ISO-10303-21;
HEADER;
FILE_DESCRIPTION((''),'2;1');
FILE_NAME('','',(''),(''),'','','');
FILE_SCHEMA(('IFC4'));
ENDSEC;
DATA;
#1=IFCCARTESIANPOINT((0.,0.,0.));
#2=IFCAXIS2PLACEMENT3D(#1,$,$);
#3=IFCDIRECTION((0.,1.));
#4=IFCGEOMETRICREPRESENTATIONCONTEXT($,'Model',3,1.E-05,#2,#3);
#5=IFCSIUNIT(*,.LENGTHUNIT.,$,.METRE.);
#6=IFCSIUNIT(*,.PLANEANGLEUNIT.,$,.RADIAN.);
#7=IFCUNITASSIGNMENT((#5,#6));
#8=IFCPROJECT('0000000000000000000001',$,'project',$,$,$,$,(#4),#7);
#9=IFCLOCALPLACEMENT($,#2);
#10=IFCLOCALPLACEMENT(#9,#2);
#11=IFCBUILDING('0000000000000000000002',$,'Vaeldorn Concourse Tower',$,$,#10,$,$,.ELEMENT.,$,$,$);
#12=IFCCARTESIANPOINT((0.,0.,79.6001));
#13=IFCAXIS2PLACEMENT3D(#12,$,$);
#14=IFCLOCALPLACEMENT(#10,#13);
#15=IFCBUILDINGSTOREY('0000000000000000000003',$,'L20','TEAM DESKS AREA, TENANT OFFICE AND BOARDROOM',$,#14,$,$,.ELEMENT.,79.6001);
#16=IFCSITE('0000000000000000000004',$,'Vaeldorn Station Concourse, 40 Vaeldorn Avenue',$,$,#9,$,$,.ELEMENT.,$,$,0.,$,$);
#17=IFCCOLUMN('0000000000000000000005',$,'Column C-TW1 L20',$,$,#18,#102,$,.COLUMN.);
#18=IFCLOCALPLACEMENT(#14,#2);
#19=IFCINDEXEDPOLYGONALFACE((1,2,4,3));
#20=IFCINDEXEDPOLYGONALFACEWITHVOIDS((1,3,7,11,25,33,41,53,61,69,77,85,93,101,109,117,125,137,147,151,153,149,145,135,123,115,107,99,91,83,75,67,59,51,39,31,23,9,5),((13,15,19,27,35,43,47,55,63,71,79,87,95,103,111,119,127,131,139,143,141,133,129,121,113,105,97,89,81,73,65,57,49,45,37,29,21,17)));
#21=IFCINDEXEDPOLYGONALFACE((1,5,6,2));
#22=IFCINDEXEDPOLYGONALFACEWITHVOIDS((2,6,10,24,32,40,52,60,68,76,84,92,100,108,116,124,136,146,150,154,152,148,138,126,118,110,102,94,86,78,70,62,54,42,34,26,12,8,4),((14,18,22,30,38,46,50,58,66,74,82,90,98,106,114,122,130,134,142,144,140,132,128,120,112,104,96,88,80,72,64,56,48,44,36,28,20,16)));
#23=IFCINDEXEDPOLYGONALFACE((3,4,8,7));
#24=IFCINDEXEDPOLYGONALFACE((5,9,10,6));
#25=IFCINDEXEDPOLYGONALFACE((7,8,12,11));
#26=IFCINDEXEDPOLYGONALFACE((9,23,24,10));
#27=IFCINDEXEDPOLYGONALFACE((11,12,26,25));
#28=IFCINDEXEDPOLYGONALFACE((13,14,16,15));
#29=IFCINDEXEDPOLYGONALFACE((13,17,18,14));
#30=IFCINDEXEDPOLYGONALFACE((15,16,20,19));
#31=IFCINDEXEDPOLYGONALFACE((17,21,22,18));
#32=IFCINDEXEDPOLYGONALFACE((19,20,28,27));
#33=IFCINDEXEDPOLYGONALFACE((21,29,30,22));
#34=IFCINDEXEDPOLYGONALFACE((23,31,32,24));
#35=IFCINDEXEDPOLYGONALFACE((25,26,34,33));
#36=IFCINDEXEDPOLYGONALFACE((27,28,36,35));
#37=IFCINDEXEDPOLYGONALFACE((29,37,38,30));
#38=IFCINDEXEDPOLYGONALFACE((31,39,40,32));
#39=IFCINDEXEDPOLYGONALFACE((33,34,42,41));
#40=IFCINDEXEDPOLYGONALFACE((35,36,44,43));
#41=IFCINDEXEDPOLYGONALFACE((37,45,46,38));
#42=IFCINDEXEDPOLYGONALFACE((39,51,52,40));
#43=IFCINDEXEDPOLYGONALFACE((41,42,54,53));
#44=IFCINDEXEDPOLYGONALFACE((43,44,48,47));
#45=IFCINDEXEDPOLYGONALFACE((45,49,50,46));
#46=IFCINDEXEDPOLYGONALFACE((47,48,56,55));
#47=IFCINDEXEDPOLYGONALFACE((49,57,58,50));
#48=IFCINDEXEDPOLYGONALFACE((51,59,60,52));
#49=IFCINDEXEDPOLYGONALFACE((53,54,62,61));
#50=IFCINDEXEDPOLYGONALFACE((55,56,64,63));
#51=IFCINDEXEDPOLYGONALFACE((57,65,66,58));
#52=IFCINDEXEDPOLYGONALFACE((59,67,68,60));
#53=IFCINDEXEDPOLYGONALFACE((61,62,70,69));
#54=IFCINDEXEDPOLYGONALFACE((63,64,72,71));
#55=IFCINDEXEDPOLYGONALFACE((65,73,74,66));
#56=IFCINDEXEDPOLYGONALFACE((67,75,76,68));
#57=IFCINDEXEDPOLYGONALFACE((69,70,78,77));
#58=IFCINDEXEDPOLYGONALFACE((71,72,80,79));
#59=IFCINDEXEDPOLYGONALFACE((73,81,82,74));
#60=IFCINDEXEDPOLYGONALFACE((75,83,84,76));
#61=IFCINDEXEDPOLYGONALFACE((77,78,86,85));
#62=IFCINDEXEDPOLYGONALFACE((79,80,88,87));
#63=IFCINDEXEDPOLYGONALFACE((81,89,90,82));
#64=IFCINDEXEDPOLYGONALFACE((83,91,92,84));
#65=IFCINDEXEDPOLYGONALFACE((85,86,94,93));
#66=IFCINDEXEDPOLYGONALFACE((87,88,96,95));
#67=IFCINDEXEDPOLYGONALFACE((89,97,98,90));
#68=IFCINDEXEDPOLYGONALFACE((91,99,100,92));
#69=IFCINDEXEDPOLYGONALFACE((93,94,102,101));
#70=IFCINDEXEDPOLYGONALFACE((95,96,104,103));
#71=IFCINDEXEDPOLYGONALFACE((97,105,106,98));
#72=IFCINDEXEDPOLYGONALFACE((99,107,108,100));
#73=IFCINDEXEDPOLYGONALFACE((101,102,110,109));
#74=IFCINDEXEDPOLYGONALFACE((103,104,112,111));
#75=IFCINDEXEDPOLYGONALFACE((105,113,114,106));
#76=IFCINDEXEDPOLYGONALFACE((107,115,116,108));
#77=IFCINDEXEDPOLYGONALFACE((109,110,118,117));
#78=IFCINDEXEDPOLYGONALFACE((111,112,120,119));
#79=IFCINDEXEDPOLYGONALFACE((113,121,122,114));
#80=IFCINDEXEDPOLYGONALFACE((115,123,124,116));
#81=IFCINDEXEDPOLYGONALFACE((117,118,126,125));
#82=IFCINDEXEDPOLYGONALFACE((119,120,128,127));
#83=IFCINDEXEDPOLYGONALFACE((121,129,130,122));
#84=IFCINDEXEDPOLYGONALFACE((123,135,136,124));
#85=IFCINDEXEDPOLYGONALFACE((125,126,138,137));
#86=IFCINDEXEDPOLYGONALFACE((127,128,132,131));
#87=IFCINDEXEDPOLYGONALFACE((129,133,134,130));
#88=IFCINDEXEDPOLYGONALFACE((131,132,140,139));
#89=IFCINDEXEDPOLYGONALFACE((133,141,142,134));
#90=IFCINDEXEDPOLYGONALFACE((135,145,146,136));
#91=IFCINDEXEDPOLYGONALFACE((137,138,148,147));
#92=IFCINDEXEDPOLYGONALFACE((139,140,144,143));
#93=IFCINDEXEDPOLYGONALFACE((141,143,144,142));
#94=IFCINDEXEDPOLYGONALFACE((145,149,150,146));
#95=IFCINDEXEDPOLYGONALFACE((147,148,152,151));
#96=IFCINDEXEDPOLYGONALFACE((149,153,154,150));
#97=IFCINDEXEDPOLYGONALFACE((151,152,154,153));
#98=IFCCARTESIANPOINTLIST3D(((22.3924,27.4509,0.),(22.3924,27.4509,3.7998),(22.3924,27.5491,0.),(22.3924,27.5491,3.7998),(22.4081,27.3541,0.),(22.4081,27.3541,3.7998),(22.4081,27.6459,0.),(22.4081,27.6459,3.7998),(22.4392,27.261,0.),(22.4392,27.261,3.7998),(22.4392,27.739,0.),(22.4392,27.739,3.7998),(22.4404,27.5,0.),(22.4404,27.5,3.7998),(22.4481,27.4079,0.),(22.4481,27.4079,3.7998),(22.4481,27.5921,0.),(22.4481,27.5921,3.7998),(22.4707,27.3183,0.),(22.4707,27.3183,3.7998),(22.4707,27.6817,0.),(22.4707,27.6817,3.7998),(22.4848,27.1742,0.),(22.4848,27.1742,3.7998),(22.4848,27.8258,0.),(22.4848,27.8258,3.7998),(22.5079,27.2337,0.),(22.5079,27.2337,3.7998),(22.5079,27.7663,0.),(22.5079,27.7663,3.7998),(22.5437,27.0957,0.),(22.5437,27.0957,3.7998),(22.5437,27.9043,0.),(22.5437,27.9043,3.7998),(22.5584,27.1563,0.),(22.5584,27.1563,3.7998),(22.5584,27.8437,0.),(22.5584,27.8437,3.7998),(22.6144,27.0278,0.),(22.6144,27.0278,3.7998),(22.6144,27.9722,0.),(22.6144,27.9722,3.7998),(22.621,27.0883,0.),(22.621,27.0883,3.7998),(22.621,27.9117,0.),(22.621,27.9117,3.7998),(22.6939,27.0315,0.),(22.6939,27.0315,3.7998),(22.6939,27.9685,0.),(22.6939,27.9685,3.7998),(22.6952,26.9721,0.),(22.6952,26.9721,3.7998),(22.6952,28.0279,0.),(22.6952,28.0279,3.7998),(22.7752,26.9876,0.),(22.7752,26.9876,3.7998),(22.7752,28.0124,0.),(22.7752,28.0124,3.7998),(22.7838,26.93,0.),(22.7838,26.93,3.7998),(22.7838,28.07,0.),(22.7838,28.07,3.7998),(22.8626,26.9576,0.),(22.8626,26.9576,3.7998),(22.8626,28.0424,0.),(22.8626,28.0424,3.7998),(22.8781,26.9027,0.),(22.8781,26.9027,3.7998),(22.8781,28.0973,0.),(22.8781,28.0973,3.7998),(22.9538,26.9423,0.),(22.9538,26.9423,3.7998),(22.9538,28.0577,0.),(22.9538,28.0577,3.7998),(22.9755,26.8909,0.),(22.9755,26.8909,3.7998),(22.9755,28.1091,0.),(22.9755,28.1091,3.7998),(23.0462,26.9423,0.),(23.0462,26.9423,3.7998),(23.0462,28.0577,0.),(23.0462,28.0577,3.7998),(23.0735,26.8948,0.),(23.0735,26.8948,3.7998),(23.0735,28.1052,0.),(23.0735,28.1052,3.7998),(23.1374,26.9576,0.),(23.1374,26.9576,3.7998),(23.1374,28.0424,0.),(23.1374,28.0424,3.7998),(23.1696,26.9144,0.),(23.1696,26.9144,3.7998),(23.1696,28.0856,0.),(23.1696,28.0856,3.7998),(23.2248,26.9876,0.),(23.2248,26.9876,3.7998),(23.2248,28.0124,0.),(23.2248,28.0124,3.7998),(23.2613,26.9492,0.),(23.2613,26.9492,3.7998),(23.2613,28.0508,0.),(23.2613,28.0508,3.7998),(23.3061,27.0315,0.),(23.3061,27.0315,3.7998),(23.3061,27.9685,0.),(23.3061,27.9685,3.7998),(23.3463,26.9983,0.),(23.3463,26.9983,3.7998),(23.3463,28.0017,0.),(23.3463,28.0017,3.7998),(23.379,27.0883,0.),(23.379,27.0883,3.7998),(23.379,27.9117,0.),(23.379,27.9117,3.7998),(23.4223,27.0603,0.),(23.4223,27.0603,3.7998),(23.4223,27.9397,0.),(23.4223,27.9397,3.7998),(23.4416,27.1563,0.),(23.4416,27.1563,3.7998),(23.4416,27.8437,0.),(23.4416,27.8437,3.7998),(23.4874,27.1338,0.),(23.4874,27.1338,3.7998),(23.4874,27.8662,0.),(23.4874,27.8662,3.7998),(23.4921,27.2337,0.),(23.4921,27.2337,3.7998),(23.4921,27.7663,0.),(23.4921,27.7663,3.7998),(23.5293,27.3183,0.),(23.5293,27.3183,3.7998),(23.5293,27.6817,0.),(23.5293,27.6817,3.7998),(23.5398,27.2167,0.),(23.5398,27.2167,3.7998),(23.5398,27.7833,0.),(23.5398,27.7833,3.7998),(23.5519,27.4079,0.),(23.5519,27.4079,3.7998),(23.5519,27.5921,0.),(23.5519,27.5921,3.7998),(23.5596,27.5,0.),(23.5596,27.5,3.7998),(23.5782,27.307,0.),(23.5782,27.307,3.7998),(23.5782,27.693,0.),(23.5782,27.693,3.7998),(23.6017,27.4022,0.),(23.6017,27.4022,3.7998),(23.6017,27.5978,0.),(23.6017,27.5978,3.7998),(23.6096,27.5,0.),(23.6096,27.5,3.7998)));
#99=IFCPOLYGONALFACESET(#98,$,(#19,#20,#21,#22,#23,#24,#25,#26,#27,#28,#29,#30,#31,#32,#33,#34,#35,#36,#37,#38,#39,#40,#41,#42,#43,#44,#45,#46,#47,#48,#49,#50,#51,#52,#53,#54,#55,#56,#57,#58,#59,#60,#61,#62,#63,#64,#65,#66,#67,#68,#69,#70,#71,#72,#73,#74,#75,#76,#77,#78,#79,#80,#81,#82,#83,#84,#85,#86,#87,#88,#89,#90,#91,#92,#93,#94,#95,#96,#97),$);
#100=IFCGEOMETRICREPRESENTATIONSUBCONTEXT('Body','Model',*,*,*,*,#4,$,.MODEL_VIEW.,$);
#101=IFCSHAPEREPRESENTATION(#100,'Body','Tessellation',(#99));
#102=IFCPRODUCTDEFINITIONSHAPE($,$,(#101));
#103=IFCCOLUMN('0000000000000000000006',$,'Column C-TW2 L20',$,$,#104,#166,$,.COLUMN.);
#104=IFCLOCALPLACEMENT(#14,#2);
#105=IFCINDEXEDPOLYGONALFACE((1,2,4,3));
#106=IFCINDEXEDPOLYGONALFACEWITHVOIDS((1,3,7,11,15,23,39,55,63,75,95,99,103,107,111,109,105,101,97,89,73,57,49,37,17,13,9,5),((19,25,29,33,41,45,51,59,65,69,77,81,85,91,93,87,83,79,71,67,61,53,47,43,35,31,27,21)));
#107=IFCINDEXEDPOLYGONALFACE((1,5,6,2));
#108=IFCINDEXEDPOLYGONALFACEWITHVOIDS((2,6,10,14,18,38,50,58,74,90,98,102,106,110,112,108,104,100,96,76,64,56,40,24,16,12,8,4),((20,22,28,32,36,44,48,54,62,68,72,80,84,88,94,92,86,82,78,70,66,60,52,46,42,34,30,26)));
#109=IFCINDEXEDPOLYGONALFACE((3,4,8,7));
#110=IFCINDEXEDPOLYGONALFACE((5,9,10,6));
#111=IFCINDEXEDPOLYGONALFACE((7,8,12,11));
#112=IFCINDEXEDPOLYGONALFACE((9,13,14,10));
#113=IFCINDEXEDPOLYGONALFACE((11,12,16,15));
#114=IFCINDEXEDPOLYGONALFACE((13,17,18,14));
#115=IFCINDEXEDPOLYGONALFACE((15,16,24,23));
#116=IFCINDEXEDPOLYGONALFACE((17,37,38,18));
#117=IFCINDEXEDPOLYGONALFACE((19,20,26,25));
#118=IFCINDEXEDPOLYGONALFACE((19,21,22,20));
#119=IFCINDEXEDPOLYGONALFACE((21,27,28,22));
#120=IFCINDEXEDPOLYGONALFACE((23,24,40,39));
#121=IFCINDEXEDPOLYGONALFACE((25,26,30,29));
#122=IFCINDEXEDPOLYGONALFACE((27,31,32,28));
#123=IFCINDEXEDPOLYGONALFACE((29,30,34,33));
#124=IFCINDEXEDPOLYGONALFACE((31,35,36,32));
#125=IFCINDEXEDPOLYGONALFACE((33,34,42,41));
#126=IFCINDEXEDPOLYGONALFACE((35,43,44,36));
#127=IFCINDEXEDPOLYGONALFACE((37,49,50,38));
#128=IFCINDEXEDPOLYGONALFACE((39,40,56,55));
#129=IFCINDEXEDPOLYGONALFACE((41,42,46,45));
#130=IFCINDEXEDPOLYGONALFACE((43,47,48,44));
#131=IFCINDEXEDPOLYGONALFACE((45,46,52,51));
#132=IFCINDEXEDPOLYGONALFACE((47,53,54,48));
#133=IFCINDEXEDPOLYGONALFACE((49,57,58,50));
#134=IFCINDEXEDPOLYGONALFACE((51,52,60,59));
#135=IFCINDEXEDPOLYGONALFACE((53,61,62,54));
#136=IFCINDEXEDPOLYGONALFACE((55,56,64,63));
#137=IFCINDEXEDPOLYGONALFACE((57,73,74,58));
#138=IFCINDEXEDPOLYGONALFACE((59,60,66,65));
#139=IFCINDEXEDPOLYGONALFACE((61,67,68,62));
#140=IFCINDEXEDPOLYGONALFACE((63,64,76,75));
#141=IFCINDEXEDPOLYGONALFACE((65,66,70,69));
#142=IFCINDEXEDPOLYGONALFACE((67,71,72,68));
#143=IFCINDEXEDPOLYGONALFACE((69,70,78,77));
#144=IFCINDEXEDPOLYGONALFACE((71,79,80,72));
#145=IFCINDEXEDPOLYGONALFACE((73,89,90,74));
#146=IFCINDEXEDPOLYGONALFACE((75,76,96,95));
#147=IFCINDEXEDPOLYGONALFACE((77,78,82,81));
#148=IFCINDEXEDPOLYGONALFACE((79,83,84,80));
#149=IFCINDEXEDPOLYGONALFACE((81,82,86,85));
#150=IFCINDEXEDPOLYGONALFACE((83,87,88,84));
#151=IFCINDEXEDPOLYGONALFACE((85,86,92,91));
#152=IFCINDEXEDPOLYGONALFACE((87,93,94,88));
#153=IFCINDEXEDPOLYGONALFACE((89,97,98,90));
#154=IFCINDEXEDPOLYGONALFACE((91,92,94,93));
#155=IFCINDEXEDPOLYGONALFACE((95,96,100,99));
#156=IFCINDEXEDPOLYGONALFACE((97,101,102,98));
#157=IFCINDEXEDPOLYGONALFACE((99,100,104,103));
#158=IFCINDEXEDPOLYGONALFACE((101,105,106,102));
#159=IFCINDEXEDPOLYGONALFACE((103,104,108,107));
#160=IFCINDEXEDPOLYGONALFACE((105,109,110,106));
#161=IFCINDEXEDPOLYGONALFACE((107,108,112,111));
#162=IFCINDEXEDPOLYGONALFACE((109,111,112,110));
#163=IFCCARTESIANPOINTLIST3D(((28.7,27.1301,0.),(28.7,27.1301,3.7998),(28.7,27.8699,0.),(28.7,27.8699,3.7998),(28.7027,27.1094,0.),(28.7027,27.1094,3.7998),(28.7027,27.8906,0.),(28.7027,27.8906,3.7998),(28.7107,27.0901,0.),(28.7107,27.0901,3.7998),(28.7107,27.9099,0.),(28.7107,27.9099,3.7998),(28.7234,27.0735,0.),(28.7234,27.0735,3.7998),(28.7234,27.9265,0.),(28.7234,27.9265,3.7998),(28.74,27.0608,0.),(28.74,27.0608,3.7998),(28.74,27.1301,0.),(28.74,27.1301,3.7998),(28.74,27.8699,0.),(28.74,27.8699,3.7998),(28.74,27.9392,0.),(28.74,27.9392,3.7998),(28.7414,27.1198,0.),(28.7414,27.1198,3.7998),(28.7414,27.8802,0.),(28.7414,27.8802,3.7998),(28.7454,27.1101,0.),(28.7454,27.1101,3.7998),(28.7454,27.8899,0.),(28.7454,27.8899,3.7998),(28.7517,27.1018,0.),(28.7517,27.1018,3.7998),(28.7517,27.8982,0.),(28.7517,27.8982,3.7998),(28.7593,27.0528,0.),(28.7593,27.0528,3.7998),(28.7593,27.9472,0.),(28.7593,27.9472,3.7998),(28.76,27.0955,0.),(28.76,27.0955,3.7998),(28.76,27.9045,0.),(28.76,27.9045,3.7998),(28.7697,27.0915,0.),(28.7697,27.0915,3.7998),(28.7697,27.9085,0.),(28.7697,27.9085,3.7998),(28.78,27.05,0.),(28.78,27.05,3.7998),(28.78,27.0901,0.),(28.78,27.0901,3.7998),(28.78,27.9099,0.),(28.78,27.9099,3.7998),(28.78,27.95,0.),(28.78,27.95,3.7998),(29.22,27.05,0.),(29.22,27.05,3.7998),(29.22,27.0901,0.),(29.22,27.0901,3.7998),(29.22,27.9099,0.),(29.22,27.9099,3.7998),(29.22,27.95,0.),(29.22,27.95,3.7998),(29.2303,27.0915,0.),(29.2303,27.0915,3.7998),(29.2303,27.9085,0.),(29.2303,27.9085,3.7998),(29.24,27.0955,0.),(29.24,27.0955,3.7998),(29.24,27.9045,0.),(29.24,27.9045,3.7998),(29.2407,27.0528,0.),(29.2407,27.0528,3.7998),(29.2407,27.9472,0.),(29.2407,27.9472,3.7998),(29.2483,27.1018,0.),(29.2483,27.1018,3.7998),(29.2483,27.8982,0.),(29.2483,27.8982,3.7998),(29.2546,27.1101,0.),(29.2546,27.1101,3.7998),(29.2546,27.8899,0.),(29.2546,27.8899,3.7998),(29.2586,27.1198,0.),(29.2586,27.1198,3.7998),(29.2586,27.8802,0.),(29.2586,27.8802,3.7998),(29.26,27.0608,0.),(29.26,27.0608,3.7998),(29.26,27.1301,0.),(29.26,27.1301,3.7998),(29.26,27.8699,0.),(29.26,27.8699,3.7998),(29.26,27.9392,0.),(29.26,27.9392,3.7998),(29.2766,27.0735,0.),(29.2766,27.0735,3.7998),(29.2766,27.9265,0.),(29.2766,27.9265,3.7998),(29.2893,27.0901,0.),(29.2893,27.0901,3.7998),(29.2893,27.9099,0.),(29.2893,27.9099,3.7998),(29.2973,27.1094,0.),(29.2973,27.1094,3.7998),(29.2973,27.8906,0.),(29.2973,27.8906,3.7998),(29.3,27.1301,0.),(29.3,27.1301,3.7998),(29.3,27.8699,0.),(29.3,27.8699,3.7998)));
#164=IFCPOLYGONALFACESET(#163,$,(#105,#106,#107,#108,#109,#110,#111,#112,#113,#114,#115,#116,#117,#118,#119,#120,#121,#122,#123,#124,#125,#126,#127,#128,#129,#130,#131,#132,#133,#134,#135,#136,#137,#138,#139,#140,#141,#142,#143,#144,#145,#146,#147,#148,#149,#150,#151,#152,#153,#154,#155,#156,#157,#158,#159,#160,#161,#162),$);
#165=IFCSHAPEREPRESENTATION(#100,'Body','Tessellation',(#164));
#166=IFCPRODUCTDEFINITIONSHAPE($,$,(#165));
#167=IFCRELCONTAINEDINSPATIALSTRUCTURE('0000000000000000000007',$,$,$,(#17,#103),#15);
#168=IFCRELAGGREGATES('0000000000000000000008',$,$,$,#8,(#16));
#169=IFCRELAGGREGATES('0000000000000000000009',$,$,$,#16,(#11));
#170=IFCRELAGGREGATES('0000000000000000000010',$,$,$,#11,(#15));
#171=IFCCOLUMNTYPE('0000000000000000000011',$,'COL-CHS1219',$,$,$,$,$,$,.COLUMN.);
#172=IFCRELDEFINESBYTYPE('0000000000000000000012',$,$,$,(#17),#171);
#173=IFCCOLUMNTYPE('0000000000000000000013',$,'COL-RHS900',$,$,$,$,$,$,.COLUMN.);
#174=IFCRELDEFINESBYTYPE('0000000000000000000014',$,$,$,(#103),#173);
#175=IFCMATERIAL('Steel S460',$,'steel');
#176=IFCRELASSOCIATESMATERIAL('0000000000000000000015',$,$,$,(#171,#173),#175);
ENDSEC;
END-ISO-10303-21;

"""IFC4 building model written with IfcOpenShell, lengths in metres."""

from ifc_helpers import new_model, si_unit, direction, frame, origin, origin_2d, place, context, subcontext, project, spatial, hollow_rectangle, hollow_circle, extrude, source, transform, mapped, material, material_profile, profile_set, type_object, element, save


model = new_model("IFC4")

# Units and contexts
model_context = context("Model", 3, precision=1e-05, world=origin(), true_north=direction((0.0, 1.0)))
body_context = subcontext(model_context, "Body", "Model", "MODEL_VIEW")
ifc_project = project(units=[si_unit("LENGTHUNIT", "METRE"), si_unit("PLANEANGLEUNIT", "RADIAN")], contexts=[model_context])

# Site, building, storey
site_placement = place(None, origin())
site = spatial("IfcSite", under=ifc_project, at=site_placement, Name="Vaeldorn Station Concourse, 40 Vaeldorn Avenue", CompositionType="ELEMENT", RefElevation=0.0)
building_placement = place(site_placement, origin())
building = spatial("IfcBuilding", under=site, at=building_placement, Name="Vaeldorn Concourse Tower", CompositionType="ELEMENT")
storey_placement = place(building_placement, frame((0.0, 0.0, 79.6001)))
storey = spatial("IfcBuildingStorey", under=building, at=storey_placement, Name="L20", Description="TEAM DESKS AREA, TENANT OFFICE AND BOARDROOM", CompositionType="ELEMENT", Elevation=79.6001)

# Columns
ifc_material_1 = material(Name="Steel S460", Category="steel")
ifc_material_profile_1 = material_profile(ifc_material_1, hollow_circle(Radius=0.6096, WallThickness=0.05, at=origin_2d()), Name="CHS 1219x50")
ifc_profile_set_1 = profile_set([ifc_material_profile_1], Name="Steel S460")
column_type_1 = type_object("IfcColumnType", Name="COL-CHS1219", PredefinedType="COLUMN", material=ifc_profile_set_1)
shared_shape_1 = source(origin(), body_context, "Body", "SweptSolid", [
    extrude(hollow_circle(Radius=0.6096, WallThickness=0.05, at=origin_2d()), origin(), (0.0, 0.0, 1.0), 3.7998),
])
column_placement = place(storey_placement, frame((23.0, 27.5, 0.0), z_axis=(0.0, 0.0, 1.0), x_axis=(1.0, 0.0, 0.0)))
element("IfcColumn", 1, at=column_placement, inside=storey, type_object=column_type_1, Name="Column C-TW1 L20", PredefinedType="COLUMN", context=body_context, shape_type="MappedRepresentation", body=[
    mapped(shared_shape_1, transform((0.0, 0.0, 0.0), scale=1.0)),
])
ifc_material_profile_2 = material_profile(ifc_material_1, hollow_rectangle(XDim=0.6001, YDim=0.8999, WallThickness=0.04, InnerFilletRadius=0.04, OuterFilletRadius=0.0801, at=origin_2d()), Name="RHS 900x600x40")
ifc_profile_set_2 = profile_set([ifc_material_profile_2], Name="Steel S460")
column_type_2 = type_object("IfcColumnType", Name="COL-RHS900", PredefinedType="COLUMN", material=ifc_profile_set_2)
shared_shape_2 = source(origin(), body_context, "Body", "SweptSolid", [
    extrude(hollow_rectangle(XDim=0.6001, YDim=0.8999, WallThickness=0.04, InnerFilletRadius=0.04, OuterFilletRadius=0.0801, at=origin_2d()), origin(), (0.0, 0.0, 1.0), 3.7998),
])
for number, where, z_axis, x_axis, name in (
    (2, (29.0, 27.5, 0.0), (0.0, 0.0, 1.0), (1.0, 0.0, 0.0), "Column C-TW2 L20"),
):
    element("IfcColumn", number, at=place(storey_placement, frame(where, z_axis=z_axis, x_axis=x_axis)), inside=storey, type_object=column_type_2, Name=name, PredefinedType="COLUMN", context=body_context, shape_type="MappedRepresentation", body=[
        mapped(shared_shape_2, transform((0.0, 0.0, 0.0), scale=1.0)),
    ])

save(model, "model.ifc")
